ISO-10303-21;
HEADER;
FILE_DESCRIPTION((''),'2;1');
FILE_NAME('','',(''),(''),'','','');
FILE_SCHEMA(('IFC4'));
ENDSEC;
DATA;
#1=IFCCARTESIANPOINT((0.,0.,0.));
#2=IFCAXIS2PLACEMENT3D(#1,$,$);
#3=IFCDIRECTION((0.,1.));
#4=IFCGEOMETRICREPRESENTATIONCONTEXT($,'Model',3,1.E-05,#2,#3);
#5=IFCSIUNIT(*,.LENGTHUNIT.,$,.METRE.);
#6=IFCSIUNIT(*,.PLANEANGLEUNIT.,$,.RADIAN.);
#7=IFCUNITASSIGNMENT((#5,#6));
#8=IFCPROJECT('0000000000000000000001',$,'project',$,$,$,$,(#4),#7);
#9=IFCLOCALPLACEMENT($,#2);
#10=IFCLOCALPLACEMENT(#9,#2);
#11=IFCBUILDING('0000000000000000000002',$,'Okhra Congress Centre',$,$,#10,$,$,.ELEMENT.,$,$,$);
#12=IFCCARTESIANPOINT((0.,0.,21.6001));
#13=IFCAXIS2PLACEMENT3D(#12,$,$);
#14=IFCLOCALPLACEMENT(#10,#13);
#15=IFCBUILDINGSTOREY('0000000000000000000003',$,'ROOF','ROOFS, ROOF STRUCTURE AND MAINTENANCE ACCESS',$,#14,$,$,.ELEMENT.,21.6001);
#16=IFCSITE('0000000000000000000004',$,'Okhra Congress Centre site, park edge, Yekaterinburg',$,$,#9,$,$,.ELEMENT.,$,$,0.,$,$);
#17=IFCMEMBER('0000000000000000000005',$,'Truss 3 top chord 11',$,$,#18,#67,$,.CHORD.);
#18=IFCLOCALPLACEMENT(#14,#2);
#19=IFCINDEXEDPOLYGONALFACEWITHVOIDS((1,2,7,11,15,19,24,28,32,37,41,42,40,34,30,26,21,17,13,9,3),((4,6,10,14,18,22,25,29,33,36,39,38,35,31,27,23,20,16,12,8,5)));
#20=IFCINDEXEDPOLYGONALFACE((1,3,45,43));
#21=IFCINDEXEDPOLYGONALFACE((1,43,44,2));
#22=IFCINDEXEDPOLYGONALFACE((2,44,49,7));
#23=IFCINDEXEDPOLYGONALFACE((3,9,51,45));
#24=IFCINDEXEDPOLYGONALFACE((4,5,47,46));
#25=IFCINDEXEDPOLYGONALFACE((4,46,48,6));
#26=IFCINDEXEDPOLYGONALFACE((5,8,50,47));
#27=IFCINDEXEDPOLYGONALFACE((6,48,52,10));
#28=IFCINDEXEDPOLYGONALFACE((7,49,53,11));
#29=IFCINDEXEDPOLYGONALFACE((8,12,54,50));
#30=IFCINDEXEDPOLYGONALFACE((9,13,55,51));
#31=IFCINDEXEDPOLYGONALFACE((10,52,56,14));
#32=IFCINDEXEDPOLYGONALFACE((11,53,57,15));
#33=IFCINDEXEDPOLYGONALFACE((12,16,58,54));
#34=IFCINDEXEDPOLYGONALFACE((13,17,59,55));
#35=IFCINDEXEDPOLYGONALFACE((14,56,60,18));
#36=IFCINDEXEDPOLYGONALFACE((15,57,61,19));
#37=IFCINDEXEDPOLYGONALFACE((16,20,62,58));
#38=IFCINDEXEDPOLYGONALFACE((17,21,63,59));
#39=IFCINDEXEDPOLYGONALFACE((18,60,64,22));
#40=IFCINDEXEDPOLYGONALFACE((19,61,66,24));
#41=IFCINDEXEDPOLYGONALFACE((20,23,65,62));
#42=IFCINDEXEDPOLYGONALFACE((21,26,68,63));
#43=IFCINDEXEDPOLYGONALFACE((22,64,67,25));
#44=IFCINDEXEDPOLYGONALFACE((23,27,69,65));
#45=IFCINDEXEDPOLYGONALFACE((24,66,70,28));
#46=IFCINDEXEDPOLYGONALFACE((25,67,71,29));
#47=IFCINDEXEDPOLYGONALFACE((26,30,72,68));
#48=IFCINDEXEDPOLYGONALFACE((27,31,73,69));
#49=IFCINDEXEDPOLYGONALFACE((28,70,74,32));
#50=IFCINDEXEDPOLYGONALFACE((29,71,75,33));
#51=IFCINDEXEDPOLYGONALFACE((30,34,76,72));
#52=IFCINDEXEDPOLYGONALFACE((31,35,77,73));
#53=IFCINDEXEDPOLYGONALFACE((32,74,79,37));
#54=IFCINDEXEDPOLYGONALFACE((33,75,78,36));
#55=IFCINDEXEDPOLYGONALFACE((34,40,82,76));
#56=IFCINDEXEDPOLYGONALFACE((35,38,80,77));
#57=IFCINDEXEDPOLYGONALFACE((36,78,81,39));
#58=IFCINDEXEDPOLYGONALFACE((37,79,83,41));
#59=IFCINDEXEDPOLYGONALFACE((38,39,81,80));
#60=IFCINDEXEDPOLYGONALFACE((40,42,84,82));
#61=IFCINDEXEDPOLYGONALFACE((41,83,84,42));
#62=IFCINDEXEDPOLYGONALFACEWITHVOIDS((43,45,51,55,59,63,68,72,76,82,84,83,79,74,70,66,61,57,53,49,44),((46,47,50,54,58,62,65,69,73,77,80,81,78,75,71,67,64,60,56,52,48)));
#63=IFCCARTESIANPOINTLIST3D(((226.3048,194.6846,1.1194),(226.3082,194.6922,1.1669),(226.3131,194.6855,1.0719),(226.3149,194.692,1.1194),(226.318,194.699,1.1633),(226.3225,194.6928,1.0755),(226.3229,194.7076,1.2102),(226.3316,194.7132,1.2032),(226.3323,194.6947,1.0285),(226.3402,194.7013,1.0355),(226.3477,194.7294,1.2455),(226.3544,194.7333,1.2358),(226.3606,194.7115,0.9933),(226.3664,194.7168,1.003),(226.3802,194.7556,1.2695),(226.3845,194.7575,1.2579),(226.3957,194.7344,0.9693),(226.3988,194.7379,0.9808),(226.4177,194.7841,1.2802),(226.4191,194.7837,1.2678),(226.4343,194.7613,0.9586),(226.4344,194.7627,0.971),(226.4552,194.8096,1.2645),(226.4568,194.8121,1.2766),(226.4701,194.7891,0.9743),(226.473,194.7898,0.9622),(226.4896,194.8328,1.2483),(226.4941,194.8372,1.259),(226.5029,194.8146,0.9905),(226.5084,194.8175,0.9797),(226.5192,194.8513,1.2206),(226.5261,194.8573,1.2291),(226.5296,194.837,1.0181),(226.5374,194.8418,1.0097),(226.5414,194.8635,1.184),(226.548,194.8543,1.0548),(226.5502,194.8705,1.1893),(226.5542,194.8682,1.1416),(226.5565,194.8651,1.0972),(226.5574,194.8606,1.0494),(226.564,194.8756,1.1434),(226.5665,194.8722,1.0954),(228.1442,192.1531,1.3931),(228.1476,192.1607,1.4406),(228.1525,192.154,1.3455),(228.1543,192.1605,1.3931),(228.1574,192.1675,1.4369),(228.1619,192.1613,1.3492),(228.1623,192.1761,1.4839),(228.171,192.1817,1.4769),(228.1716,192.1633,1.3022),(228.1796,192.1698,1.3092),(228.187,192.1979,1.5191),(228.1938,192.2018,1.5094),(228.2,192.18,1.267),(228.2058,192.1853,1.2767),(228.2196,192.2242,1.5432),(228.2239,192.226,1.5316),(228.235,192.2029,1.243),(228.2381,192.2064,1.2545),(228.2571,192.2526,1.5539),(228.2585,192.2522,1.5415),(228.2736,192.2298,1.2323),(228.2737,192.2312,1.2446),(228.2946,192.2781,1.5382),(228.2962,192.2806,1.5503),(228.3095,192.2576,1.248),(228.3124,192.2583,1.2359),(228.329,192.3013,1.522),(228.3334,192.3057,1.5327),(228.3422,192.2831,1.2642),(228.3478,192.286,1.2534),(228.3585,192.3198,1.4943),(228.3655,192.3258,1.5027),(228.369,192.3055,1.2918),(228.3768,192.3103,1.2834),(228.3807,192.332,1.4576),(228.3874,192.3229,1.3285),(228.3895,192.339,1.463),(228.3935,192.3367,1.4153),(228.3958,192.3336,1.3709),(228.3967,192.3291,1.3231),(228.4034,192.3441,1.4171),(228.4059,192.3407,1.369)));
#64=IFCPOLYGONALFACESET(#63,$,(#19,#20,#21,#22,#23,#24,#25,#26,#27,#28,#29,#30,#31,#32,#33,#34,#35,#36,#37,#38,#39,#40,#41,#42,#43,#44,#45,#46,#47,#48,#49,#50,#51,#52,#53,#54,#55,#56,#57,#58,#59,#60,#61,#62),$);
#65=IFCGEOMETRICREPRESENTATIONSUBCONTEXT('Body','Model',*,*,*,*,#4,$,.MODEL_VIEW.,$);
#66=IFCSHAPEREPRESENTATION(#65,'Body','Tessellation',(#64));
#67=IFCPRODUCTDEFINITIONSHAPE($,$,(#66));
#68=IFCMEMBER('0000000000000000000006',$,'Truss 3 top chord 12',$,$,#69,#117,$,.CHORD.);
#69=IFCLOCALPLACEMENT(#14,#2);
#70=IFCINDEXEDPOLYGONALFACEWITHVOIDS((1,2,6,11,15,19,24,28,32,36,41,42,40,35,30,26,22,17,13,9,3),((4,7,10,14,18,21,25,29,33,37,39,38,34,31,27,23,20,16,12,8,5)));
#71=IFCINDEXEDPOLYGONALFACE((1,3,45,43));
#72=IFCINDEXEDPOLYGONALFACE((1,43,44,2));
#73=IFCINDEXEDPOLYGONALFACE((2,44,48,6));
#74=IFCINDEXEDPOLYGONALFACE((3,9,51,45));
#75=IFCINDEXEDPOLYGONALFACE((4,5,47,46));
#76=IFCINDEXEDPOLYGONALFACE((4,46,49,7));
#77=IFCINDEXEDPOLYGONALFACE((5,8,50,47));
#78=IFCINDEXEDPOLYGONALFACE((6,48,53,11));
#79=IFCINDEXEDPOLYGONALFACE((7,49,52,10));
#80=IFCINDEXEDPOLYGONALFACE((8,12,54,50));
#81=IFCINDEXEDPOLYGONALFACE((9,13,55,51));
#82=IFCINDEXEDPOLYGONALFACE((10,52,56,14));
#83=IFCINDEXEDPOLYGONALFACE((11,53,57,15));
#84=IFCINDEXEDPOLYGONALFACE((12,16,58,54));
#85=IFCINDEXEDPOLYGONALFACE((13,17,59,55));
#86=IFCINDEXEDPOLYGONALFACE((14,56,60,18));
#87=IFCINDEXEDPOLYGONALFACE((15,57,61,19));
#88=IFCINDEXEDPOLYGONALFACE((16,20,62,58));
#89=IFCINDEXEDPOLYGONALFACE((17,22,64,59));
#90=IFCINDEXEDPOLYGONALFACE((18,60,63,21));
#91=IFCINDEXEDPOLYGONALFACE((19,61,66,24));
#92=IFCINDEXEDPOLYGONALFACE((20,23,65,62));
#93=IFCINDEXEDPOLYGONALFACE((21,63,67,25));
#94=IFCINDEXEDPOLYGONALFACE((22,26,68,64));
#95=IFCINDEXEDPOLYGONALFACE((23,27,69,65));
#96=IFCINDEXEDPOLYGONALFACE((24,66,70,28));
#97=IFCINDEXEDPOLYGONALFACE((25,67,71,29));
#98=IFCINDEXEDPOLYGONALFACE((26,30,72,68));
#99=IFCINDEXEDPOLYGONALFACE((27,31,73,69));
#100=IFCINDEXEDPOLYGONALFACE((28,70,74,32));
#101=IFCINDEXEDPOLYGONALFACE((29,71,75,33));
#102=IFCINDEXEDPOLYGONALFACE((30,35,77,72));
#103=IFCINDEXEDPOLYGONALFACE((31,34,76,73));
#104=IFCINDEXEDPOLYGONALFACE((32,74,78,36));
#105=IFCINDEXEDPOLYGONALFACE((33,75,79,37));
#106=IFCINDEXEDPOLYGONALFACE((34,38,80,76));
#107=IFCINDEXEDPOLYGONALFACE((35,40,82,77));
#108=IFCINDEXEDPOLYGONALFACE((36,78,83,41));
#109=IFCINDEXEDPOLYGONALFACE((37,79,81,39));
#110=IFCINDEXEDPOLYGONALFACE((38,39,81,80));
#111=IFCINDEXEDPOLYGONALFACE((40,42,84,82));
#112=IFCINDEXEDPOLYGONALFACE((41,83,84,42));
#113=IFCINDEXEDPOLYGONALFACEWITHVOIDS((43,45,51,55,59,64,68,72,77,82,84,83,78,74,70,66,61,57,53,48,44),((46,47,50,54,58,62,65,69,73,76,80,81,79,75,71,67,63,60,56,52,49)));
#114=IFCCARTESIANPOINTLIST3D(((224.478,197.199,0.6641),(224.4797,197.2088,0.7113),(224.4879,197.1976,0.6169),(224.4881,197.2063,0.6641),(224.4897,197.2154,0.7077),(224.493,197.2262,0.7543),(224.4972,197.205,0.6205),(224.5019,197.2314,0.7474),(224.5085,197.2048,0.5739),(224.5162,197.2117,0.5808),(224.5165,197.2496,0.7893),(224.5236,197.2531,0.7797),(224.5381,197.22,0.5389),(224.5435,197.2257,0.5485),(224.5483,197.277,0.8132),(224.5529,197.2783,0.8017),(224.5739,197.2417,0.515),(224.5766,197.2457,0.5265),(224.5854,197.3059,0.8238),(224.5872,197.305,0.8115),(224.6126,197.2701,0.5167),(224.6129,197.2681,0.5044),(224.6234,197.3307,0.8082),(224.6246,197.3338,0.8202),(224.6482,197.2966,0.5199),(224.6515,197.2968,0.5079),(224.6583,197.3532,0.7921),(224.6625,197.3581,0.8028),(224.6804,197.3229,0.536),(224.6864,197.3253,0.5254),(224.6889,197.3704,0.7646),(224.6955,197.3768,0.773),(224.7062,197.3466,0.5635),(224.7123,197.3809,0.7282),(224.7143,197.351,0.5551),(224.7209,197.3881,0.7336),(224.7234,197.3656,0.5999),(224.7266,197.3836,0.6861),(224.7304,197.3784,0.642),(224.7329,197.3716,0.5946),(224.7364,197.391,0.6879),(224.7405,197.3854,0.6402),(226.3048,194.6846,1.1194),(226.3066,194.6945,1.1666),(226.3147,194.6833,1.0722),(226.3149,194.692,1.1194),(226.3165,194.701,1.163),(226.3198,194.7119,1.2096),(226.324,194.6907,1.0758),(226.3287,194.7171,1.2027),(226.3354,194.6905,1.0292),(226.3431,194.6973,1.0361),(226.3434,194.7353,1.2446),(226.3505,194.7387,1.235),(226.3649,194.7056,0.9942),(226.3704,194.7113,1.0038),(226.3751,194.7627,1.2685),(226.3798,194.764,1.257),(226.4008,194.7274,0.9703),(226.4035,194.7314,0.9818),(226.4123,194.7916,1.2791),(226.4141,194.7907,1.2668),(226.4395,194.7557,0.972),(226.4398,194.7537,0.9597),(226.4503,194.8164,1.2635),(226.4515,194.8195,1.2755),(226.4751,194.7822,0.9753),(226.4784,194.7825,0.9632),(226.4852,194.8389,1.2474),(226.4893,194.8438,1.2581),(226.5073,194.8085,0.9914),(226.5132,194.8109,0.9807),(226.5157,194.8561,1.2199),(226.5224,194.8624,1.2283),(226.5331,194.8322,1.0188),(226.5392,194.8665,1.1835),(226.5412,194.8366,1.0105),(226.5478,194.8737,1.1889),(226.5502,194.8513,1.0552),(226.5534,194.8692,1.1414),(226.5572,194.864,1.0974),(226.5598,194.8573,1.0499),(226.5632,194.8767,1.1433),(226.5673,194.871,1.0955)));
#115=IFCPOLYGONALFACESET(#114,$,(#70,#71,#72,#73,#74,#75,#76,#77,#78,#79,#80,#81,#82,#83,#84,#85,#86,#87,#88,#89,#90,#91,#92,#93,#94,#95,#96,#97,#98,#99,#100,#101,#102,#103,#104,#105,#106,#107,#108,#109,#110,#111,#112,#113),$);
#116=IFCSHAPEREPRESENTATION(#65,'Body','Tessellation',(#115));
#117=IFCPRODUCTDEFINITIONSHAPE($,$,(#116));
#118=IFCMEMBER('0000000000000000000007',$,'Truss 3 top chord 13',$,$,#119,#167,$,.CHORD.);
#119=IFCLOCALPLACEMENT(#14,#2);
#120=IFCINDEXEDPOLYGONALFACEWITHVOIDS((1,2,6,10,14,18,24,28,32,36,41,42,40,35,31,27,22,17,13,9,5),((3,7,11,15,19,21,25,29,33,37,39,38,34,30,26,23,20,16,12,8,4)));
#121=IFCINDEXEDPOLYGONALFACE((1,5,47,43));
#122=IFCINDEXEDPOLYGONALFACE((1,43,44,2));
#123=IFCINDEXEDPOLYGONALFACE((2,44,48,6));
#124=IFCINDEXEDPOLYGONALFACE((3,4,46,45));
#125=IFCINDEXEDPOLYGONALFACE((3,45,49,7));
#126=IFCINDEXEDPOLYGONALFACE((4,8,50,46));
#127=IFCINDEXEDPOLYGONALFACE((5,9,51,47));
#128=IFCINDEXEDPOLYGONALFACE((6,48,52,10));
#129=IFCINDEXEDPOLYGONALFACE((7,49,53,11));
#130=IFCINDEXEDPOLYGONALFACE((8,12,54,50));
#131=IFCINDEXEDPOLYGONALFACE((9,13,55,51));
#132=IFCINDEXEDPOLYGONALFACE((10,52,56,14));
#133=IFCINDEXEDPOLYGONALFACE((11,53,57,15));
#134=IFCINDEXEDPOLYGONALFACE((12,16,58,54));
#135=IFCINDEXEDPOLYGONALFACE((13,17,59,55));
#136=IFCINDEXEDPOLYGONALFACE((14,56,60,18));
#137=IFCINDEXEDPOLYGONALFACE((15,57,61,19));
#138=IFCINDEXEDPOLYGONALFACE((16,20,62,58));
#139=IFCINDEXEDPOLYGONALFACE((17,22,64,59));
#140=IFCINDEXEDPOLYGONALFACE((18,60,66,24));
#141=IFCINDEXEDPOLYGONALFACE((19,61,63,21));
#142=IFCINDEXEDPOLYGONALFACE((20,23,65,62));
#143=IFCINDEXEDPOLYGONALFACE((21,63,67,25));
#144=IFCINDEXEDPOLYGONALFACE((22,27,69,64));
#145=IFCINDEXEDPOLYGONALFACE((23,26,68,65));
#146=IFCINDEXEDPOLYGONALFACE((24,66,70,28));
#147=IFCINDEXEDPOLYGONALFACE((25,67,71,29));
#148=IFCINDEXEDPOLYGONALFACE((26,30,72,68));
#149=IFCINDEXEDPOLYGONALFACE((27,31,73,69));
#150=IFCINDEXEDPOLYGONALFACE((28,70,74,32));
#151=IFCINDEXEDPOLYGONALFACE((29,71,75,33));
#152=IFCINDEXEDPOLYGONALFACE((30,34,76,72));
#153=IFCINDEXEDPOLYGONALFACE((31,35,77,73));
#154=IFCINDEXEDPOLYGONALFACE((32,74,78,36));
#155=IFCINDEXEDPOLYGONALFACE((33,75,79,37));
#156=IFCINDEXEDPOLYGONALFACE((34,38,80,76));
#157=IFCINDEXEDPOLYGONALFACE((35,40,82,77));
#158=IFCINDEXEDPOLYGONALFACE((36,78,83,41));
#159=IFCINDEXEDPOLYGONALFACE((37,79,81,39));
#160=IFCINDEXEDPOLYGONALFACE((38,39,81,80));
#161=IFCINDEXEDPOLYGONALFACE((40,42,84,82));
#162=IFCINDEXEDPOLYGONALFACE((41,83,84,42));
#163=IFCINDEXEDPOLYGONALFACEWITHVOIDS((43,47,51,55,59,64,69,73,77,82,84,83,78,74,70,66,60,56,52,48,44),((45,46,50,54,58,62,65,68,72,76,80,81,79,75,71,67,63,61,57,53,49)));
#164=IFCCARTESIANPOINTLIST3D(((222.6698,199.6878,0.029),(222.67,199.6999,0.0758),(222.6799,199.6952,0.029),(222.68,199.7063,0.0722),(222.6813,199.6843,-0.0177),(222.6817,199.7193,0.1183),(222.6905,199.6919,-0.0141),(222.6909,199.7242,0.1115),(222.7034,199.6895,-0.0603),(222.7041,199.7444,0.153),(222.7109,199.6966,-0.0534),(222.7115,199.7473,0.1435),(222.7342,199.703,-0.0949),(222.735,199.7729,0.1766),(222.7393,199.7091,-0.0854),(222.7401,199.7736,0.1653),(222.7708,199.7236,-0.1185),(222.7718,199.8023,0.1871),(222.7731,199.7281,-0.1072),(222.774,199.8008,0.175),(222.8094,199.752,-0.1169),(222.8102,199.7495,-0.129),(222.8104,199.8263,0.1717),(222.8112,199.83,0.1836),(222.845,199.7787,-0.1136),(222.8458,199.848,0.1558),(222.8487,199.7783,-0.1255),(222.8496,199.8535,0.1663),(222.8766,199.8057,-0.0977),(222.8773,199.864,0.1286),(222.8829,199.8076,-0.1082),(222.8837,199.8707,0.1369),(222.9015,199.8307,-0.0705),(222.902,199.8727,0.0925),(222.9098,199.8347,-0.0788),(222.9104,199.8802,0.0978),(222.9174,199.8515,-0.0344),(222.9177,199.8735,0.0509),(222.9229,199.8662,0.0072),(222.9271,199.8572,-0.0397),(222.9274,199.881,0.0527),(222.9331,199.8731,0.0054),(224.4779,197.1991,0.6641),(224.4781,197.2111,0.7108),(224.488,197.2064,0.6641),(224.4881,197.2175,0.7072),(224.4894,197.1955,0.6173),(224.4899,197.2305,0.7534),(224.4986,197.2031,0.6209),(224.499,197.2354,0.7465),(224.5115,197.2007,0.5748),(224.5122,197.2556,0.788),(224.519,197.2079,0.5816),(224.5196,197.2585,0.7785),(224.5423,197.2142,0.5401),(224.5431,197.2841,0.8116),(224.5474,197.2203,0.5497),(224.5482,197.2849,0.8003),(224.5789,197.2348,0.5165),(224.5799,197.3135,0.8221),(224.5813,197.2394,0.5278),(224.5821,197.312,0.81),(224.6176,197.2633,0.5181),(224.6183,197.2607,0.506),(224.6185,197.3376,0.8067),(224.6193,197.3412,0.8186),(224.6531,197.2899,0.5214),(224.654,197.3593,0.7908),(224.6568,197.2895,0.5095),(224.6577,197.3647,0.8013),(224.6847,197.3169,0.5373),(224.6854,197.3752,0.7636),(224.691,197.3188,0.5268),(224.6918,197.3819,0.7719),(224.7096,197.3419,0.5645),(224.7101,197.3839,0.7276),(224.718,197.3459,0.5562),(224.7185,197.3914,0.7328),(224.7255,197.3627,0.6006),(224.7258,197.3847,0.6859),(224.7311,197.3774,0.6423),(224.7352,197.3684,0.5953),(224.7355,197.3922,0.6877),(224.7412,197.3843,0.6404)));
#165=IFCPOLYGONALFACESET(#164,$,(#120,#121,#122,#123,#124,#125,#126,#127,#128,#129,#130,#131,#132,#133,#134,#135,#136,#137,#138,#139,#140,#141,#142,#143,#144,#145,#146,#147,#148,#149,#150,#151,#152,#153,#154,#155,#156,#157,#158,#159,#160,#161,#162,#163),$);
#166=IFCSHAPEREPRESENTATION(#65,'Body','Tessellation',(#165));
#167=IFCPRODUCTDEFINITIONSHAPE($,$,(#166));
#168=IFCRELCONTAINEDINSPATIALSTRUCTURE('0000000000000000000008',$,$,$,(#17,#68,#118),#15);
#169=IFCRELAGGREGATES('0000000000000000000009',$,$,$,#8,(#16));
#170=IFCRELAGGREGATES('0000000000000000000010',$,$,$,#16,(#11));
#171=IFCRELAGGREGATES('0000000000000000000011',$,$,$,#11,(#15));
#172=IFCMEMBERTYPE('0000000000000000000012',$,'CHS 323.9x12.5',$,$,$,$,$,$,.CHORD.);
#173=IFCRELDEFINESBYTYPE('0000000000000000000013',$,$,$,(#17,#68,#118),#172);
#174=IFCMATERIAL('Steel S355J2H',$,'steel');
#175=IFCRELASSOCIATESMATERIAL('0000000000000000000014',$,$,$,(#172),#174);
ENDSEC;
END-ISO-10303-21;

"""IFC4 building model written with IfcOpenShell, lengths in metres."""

from ifc_helpers import new_model, si_unit, direction, frame, origin, origin_2d, place, context, subcontext, project, spatial, hollow_circle, extrude, material, material_profile, profile_set, type_object, element, save


model = new_model("IFC4")

# Units and contexts
model_context = context("Model", 3, precision=1e-05, world=origin(), true_north=direction((0.0, 1.0)))
body_context = subcontext(model_context, "Body", "Model", "MODEL_VIEW")
ifc_project = project(units=[si_unit("LENGTHUNIT", "METRE"), si_unit("PLANEANGLEUNIT", "RADIAN")], contexts=[model_context])

# Site, building, storey
site_placement = place(None, origin())
site = spatial("IfcSite", under=ifc_project, at=site_placement, Name="Okhra Congress Centre site, park edge, Yekaterinburg", CompositionType="ELEMENT", RefElevation=0.0)
building_placement = place(site_placement, origin())
building = spatial("IfcBuilding", under=site, at=building_placement, Name="Okhra Congress Centre", CompositionType="ELEMENT")
storey_placement = place(building_placement, frame((0.0, 0.0, 21.6001)))
storey = spatial("IfcBuildingStorey", under=building, at=storey_placement, Name="ROOF", Description="ROOFS, ROOF STRUCTURE AND MAINTENANCE ACCESS", CompositionType="ELEMENT", Elevation=21.6001)

# Members
ifc_material_1 = material(Name="Steel S355J2H", Category="steel")
ifc_material_profile_1 = material_profile(ifc_material_1, hollow_circle(Radius=0.1619, WallThickness=0.0125, at=origin_2d()), Name="CHS 323.9x12.5")
ifc_profile_set_1 = profile_set([ifc_material_profile_1], Name="Steel S355J2H")
member_type_1 = type_object("IfcMemberType", Name="CHS 323.9x12.5", PredefinedType="CHORD", material=ifc_profile_set_1)
for number, where, z_axis, x_axis, name in (
    (1, (228.2751, 192.2483, 1.3931), (-0.585574, 0.805923, -0.087129), (-0.808999, -0.58781, 0.0), "Truss 3 top chord 11"),
    (2, (226.4358, 194.7798, 1.1194), (-0.581595, 0.80046, -0.144952), (-0.809004, -0.587803, 0.0), "Truss 3 top chord 12"),
    (3, (224.6089, 197.2942, 0.6641), (-0.57563, 0.792326, -0.202162), (-0.809031, -0.587766, 0.0), "Truss 3 top chord 13"),
):
    element("IfcMember", number, at=place(storey_placement, frame(where, z_axis=z_axis, x_axis=x_axis)), inside=storey, type_object=member_type_1, Name=name, PredefinedType="CHORD", context=body_context, shape_type="SweptSolid", body=[
        extrude(hollow_circle(Radius=0.1619, WallThickness=0.0125, at=origin_2d()), origin(), (0.0, 0.0, 1.0), 3.1411),
    ])

save(model, "model.ifc")
